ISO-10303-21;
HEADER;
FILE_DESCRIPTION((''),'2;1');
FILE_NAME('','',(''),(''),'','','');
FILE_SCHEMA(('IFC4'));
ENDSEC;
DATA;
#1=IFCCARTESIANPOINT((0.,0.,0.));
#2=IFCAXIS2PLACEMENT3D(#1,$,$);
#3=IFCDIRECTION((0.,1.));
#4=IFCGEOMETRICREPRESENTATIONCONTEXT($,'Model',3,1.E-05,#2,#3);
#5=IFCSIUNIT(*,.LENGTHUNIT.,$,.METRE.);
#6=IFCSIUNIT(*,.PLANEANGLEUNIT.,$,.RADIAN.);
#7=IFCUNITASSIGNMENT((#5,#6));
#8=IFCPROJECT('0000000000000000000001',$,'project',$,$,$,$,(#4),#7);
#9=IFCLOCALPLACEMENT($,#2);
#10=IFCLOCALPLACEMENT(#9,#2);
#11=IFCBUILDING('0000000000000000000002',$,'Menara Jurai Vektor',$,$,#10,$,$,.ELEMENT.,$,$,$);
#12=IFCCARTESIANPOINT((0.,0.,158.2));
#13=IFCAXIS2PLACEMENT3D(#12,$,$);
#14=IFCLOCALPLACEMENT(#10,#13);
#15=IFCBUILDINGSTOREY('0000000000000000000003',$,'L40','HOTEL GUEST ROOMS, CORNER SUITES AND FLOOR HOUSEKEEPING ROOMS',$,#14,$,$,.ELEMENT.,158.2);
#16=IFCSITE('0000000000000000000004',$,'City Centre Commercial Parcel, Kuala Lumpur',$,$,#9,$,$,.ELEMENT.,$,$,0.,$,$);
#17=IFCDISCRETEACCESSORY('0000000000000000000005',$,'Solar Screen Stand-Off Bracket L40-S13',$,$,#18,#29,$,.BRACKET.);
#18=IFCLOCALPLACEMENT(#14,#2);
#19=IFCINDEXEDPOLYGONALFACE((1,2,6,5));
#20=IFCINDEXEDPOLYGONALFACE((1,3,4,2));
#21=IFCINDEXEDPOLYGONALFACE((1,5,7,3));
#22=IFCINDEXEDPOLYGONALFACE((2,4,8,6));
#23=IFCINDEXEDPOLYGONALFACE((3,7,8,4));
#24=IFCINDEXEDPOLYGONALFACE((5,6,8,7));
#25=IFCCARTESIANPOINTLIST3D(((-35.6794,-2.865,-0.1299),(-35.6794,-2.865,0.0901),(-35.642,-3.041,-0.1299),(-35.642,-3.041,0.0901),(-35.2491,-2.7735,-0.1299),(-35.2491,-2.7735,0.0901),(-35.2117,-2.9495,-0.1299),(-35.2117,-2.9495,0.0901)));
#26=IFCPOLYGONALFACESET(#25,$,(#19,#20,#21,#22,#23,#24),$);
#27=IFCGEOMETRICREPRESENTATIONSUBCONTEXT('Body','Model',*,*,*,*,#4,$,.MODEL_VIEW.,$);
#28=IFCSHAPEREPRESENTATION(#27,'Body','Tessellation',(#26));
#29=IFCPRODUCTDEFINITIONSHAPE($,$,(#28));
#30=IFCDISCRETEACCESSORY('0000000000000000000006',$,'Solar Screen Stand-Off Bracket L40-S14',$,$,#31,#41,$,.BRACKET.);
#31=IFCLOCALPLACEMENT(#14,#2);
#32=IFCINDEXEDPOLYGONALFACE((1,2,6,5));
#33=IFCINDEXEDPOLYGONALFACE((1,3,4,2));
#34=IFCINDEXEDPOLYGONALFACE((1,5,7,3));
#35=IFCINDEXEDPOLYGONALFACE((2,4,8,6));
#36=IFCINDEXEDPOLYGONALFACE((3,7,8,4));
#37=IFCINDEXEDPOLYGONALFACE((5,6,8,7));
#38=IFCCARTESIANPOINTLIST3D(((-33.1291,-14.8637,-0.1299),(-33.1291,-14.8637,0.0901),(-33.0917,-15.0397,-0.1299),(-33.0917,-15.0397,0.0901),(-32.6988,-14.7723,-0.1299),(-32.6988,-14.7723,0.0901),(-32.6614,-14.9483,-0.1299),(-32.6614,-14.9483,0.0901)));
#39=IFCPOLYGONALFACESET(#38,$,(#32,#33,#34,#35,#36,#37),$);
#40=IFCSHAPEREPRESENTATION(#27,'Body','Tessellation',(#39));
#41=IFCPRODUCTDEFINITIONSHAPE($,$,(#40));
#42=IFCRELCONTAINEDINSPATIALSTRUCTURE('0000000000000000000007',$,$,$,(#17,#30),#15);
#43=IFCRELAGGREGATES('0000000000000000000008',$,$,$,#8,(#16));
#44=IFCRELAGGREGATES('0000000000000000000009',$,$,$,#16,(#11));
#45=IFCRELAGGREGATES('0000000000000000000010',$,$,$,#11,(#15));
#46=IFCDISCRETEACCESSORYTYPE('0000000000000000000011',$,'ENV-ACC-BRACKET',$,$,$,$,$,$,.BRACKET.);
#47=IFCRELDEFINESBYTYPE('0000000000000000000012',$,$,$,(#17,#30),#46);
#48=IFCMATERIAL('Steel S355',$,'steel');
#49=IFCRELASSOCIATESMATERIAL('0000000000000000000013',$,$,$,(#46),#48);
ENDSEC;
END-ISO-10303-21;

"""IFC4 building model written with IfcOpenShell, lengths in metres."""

from ifc_helpers import new_model, si_unit, direction, frame, origin, origin_2d, place, context, subcontext, project, spatial, rectangle, extrude, material, type_object, element, save


model = new_model("IFC4")

# Units and contexts
model_context = context("Model", 3, precision=1e-05, world=origin(), true_north=direction((0.0, 1.0)))
body_context = subcontext(model_context, "Body", "Model", "MODEL_VIEW")
ifc_project = project(units=[si_unit("LENGTHUNIT", "METRE"), si_unit("PLANEANGLEUNIT", "RADIAN")], contexts=[model_context])

# Site, building, storey
site_placement = place(None, origin())
site = spatial("IfcSite", under=ifc_project, at=site_placement, Name="City Centre Commercial Parcel, Kuala Lumpur", CompositionType="ELEMENT", RefElevation=0.0)
building_placement = place(site_placement, origin())
building = spatial("IfcBuilding", under=site, at=building_placement, Name="Menara Jurai Vektor", CompositionType="ELEMENT")
storey_placement = place(building_placement, frame((0.0, 0.0, 158.2)))
storey = spatial("IfcBuildingStorey", under=building, at=storey_placement, Name="L40", Description="HOTEL GUEST ROOMS, CORNER SUITES AND FLOOR HOUSEKEEPING ROOMS", CompositionType="ELEMENT", Elevation=158.2)

# Shared definitions
ifc_material_1 = material(Name="Steel S355", Category="steel")

# Discrete accessories
discrete_accessory_type = type_object("IfcDiscreteAccessoryType", Name="ENV-ACC-BRACKET", PredefinedType="BRACKET", material=ifc_material_1)
for number, where, z_axis, x_axis, name in (
    (1, (-35.4456, -2.9072, -0.1299), (0.0, 0.0, 1.0), (0.207912, -0.978148, 0.0), "Solar Screen Stand-Off Bracket L40-S13"),
    (2, (-32.8953, -14.906, -0.1299), (0.0, 0.0, 1.0), (0.207912, -0.978148, 0.0), "Solar Screen Stand-Off Bracket L40-S14"),
):
    element("IfcDiscreteAccessory", number, at=place(storey_placement, frame(where, z_axis=z_axis, x_axis=x_axis)), inside=storey, type_object=discrete_accessory_type, Name=name, PredefinedType="BRACKET", context=body_context, shape_type="SweptSolid", body=[
        extrude(rectangle(XDim=0.1799, YDim=0.4399, at=origin_2d()), origin(), (0.0, 0.0, 1.0), 0.22),
    ])

save(model, "model.ifc")
